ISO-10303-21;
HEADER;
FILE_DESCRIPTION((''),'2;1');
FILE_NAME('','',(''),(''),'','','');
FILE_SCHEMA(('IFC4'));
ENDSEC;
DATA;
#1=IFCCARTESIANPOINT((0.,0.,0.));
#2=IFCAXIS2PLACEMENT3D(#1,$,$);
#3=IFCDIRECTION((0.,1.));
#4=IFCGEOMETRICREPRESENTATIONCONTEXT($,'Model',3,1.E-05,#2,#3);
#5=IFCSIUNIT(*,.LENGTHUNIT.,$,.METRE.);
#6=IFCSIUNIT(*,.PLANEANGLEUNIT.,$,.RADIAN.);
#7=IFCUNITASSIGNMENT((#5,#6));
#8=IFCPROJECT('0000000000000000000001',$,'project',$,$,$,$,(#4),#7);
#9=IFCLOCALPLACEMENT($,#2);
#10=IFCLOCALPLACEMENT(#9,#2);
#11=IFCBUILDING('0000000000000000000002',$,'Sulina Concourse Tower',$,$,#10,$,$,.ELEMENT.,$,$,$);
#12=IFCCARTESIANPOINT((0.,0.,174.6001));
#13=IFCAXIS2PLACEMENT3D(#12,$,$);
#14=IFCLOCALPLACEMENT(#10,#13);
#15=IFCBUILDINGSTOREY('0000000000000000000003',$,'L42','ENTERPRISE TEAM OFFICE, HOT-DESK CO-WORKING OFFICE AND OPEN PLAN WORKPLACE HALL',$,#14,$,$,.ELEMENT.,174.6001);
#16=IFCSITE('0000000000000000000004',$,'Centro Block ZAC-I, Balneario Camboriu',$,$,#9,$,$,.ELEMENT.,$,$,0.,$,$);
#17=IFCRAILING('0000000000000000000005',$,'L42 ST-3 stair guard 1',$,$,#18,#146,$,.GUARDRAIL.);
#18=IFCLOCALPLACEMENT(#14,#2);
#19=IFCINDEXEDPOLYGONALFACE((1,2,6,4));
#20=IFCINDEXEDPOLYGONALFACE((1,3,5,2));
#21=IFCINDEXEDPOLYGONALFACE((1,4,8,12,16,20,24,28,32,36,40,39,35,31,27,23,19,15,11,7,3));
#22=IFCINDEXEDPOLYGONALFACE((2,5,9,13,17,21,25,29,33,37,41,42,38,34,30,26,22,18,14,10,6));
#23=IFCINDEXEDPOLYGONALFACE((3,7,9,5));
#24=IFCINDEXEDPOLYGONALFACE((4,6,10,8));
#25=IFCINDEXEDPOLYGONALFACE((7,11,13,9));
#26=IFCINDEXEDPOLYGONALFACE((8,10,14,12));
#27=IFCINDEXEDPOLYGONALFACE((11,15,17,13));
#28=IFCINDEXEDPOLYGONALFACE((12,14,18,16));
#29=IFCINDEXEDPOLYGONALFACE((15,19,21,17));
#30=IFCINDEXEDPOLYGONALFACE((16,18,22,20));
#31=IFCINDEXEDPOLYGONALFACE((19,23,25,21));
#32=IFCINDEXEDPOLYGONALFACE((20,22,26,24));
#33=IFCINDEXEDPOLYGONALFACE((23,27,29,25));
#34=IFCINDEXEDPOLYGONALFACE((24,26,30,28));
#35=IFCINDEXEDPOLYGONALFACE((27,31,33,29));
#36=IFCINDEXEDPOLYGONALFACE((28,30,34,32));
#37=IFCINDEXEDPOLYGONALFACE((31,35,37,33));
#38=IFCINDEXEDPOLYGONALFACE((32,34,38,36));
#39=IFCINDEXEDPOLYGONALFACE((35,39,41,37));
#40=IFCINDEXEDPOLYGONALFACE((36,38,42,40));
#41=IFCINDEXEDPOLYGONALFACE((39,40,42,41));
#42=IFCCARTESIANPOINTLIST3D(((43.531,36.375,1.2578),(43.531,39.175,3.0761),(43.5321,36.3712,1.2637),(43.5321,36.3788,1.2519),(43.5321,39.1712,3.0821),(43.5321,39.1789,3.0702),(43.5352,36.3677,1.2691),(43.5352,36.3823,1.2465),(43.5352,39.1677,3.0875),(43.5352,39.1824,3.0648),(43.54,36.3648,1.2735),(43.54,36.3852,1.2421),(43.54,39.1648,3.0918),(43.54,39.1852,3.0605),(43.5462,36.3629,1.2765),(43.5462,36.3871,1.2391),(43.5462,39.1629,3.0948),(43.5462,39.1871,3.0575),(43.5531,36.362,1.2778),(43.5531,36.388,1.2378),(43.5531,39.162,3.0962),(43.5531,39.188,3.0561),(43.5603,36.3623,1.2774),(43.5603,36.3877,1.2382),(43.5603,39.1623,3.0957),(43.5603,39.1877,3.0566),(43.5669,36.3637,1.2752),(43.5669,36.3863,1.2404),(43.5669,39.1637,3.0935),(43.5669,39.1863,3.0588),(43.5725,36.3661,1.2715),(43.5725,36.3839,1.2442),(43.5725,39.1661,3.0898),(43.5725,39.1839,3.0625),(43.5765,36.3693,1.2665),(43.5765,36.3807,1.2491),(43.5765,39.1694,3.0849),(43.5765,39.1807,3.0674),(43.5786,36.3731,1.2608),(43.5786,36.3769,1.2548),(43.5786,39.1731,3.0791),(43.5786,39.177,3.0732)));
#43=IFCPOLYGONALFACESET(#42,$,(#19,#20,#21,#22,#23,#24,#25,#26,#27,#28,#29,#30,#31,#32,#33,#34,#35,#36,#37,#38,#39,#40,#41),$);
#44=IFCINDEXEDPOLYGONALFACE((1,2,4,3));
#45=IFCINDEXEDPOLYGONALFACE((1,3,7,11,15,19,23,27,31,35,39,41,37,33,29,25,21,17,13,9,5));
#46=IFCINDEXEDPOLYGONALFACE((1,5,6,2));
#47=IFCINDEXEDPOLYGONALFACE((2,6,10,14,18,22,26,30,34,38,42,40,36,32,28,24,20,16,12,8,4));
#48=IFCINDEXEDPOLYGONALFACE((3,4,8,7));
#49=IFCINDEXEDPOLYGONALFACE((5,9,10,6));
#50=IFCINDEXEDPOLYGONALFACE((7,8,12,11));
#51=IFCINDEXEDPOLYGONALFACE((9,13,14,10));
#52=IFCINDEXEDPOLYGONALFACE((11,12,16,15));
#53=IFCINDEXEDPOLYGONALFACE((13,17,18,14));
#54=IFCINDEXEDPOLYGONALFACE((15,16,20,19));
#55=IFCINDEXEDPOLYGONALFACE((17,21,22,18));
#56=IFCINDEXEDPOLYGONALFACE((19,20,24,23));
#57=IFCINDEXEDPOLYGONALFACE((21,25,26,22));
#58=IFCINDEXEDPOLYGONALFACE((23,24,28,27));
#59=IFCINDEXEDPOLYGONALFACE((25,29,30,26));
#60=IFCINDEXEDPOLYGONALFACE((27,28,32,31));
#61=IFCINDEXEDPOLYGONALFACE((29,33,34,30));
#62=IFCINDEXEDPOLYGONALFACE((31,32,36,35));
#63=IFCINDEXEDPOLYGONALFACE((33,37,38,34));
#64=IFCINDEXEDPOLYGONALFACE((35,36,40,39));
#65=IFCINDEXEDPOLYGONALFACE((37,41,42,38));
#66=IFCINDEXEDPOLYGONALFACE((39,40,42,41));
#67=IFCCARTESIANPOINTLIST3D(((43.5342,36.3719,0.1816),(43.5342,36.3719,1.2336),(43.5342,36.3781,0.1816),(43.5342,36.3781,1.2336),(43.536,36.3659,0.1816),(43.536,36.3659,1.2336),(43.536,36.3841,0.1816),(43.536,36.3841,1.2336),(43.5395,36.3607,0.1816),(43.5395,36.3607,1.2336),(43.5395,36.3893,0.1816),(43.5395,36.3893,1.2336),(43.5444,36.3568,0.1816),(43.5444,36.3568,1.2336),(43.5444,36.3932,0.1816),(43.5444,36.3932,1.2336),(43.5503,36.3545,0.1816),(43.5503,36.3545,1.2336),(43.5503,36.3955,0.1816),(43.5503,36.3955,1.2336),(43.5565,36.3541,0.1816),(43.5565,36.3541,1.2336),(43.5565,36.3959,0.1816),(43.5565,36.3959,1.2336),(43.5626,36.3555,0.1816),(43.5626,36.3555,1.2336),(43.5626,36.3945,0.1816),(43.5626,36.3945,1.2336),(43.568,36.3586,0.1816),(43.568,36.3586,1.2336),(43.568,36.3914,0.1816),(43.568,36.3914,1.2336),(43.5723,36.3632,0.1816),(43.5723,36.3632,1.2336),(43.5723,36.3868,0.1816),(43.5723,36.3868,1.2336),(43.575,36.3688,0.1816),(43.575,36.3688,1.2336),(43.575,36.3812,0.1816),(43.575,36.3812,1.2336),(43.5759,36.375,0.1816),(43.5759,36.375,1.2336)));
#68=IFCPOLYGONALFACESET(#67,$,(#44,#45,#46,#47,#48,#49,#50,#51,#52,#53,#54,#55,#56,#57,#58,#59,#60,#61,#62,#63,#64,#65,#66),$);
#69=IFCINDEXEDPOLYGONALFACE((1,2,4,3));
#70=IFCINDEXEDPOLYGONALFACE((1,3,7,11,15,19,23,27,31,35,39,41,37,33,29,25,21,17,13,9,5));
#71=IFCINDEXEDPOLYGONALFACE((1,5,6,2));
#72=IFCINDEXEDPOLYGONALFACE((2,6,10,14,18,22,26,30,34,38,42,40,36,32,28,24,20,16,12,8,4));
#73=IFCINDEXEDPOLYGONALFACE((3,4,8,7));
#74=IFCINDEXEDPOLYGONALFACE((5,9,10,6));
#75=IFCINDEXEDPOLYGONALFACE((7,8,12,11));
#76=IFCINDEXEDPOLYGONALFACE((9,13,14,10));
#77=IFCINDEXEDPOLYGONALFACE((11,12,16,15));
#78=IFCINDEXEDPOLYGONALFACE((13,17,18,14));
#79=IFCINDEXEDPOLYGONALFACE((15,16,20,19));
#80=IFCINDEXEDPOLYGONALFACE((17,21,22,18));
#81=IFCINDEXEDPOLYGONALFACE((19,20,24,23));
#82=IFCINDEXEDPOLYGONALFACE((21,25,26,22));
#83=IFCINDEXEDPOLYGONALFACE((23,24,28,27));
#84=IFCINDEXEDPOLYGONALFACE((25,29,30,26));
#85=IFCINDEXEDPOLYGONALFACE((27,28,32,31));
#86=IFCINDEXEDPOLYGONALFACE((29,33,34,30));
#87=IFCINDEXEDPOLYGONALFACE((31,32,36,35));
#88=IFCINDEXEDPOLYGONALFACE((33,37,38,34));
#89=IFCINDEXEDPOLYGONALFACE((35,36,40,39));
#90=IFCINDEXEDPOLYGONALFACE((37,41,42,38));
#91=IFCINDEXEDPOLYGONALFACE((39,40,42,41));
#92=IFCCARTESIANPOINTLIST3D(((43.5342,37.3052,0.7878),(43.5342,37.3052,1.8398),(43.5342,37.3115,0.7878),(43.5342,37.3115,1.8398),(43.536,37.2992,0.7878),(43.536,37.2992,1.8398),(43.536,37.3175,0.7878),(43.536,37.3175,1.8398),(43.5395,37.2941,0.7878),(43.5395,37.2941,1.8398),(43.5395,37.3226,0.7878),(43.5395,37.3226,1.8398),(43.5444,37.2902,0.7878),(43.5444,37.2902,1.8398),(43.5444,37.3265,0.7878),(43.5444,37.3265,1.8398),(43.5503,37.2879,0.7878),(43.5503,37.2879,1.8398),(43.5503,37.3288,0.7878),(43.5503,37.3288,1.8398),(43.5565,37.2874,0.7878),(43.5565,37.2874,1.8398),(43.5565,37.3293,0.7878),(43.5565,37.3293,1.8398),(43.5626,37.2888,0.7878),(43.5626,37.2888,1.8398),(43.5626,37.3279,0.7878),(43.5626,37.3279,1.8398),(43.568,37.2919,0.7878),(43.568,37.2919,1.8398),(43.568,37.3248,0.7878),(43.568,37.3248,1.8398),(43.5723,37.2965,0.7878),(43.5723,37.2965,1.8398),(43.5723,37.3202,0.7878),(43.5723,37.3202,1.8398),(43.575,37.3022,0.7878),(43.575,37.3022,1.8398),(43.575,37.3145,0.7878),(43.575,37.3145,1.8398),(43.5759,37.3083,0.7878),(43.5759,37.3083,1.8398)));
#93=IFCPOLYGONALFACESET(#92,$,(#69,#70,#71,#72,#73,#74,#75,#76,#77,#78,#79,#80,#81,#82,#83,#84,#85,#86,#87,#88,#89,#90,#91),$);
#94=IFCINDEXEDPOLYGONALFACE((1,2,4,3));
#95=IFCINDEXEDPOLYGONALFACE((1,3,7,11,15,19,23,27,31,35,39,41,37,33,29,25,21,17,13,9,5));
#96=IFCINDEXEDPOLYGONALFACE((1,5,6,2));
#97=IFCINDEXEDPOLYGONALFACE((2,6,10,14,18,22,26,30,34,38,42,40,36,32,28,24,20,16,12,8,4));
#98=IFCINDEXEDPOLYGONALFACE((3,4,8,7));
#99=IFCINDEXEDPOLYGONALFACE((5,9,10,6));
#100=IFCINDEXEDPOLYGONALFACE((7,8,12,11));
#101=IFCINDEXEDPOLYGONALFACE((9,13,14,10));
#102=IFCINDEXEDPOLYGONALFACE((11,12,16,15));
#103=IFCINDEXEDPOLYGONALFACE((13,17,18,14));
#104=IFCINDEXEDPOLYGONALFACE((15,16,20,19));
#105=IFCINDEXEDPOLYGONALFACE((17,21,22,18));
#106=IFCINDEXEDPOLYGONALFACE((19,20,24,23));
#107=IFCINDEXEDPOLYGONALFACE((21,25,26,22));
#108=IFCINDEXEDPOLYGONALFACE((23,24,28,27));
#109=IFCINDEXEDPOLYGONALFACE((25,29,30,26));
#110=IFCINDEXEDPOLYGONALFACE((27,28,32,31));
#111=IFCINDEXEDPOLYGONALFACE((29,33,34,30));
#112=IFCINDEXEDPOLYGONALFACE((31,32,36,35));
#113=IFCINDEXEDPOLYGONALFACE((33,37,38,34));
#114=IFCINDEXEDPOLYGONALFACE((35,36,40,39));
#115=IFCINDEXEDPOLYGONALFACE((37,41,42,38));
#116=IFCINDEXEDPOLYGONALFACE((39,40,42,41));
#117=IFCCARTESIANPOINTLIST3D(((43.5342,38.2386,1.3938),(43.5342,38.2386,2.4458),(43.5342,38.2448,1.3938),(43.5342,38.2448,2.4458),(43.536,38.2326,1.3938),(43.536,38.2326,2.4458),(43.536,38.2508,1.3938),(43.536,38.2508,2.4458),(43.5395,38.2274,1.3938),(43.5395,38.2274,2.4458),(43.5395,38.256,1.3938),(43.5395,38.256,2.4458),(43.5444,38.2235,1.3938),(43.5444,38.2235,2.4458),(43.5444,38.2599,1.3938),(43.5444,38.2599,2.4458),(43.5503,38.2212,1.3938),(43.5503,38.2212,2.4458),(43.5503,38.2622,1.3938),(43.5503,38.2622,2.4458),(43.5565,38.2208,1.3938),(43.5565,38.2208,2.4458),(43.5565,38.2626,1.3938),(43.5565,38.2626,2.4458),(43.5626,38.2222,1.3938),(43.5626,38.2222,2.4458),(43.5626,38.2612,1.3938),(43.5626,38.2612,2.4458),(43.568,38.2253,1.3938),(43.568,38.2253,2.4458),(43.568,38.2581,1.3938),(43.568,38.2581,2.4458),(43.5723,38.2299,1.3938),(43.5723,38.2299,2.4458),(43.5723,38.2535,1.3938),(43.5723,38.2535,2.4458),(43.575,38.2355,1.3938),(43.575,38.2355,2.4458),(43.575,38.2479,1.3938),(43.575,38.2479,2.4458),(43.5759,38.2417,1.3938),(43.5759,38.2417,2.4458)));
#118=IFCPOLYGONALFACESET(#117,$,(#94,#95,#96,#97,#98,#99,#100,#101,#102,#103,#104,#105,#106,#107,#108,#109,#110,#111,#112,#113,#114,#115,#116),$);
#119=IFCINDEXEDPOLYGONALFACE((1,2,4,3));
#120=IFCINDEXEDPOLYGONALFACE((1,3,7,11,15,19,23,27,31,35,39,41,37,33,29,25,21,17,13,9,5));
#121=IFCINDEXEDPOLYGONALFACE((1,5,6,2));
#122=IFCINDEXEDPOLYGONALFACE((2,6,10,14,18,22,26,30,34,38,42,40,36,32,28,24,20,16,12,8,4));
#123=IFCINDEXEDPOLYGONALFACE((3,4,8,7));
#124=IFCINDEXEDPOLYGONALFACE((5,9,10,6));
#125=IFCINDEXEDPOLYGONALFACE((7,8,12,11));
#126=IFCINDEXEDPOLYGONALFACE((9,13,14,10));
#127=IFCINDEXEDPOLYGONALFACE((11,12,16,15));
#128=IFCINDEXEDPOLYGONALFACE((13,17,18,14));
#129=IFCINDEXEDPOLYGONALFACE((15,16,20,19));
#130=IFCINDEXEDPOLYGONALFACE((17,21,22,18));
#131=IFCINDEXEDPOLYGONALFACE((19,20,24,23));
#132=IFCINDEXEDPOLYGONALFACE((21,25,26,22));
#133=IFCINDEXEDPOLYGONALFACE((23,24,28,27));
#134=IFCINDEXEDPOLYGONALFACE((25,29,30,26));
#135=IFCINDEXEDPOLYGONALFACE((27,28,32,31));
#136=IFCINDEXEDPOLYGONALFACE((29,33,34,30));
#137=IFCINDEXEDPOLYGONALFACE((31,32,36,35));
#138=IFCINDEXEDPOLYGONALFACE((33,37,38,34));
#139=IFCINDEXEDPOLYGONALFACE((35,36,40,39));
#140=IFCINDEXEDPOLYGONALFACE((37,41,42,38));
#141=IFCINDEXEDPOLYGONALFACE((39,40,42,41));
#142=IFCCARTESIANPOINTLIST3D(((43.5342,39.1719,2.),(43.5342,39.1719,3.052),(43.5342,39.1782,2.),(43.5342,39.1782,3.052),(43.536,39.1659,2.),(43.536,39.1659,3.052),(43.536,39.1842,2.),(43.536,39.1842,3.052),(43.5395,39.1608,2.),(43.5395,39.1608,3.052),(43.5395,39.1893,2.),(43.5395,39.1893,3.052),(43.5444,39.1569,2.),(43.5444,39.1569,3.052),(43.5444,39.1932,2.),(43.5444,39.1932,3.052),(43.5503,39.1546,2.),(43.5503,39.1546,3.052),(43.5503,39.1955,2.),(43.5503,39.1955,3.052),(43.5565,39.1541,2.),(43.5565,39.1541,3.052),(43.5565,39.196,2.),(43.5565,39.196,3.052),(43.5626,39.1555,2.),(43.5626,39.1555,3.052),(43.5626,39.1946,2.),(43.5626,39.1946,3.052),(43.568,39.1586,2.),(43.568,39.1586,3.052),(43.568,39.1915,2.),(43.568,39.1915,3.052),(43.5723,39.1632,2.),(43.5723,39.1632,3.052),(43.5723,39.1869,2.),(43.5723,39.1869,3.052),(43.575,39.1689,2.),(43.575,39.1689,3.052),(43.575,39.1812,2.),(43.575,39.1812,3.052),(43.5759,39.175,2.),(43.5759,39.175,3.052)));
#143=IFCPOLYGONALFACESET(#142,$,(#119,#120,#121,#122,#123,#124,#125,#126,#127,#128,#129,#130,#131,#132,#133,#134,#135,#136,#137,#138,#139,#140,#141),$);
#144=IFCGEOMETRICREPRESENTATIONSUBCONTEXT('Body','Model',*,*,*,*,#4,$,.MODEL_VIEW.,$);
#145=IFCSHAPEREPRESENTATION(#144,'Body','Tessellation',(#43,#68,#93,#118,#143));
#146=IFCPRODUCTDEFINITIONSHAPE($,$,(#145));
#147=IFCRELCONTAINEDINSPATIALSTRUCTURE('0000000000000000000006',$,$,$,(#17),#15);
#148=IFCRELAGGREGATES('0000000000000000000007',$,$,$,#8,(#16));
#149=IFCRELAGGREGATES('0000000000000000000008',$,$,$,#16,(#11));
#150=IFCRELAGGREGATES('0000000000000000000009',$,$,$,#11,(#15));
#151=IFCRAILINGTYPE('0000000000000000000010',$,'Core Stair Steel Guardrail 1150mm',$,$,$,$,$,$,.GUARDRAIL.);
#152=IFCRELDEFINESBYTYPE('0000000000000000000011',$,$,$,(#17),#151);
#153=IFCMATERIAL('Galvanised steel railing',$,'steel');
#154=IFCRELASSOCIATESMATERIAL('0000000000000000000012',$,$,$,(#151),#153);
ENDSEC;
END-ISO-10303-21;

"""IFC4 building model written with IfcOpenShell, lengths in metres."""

from ifc_helpers import new_model, si_unit, direction, frame, origin, origin_2d, place, context, subcontext, project, spatial, circle, extrude, material, type_object, element, save


model = new_model("IFC4")

# Units and contexts
model_context = context("Model", 3, precision=1e-05, world=origin(), true_north=direction((0.0, 1.0)))
body_context = subcontext(model_context, "Body", "Model", "MODEL_VIEW")
ifc_project = project(units=[si_unit("LENGTHUNIT", "METRE"), si_unit("PLANEANGLEUNIT", "RADIAN")], contexts=[model_context])

# Site, building, storey
site_placement = place(None, origin())
site = spatial("IfcSite", under=ifc_project, at=site_placement, Name="Centro Block ZAC-I, Balneario Camboriu", CompositionType="ELEMENT", RefElevation=0.0)
building_placement = place(site_placement, origin())
building = spatial("IfcBuilding", under=site, at=building_placement, Name="Sulina Concourse Tower", CompositionType="ELEMENT")
storey_placement = place(building_placement, frame((0.0, 0.0, 174.6001)))
storey = spatial("IfcBuildingStorey", under=building, at=storey_placement, Name="L42", Description="ENTERPRISE TEAM OFFICE, HOT-DESK CO-WORKING OFFICE AND OPEN PLAN WORKPLACE HALL", CompositionType="ELEMENT", Elevation=174.6001)

# Railing
ifc_material_1 = material(Name="Galvanised steel railing", Category="steel")
railing_type_1 = type_object("IfcRailingType", Name="Core Stair Steel Guardrail 1150mm", PredefinedType="GUARDRAIL", material=ifc_material_1)
railing_1_placement = place(storey_placement, frame((43.5549, 36.375, 0.1816)))
element("IfcRailing", 1, at=railing_1_placement, inside=storey, type_object=railing_type_1, Name="L42 ST-3 stair guard 1", PredefinedType="GUARDRAIL", context=body_context, shape_type="SweptSolid", body=[
    extrude(circle(Radius=0.0239, at=origin_2d()), frame((0.0, 0.0, 1.0762), z_axis=(0.0, 0.838672, 0.544636), x_axis=(-1.0, 0.0, 0.0)), (0.0, 0.0, 1.0), 3.3386),
    extrude(circle(Radius=0.021, at=origin_2d()), origin(), (0.0, 0.0, 1.0), 1.052),
    extrude(circle(Radius=0.021, at=origin_2d()), frame((0.0, 0.9333, 0.6062)), (0.0, 0.0, 1.0), 1.052),
    extrude(circle(Radius=0.021, at=origin_2d()), frame((0.0, 1.8667, 1.2122)), (0.0, 0.0, 1.0), 1.052),
    extrude(circle(Radius=0.021, at=origin_2d()), frame((0.0, 2.8, 1.8184)), (0.0, 0.0, 1.0), 1.052),
])

save(model, "model.ifc")
